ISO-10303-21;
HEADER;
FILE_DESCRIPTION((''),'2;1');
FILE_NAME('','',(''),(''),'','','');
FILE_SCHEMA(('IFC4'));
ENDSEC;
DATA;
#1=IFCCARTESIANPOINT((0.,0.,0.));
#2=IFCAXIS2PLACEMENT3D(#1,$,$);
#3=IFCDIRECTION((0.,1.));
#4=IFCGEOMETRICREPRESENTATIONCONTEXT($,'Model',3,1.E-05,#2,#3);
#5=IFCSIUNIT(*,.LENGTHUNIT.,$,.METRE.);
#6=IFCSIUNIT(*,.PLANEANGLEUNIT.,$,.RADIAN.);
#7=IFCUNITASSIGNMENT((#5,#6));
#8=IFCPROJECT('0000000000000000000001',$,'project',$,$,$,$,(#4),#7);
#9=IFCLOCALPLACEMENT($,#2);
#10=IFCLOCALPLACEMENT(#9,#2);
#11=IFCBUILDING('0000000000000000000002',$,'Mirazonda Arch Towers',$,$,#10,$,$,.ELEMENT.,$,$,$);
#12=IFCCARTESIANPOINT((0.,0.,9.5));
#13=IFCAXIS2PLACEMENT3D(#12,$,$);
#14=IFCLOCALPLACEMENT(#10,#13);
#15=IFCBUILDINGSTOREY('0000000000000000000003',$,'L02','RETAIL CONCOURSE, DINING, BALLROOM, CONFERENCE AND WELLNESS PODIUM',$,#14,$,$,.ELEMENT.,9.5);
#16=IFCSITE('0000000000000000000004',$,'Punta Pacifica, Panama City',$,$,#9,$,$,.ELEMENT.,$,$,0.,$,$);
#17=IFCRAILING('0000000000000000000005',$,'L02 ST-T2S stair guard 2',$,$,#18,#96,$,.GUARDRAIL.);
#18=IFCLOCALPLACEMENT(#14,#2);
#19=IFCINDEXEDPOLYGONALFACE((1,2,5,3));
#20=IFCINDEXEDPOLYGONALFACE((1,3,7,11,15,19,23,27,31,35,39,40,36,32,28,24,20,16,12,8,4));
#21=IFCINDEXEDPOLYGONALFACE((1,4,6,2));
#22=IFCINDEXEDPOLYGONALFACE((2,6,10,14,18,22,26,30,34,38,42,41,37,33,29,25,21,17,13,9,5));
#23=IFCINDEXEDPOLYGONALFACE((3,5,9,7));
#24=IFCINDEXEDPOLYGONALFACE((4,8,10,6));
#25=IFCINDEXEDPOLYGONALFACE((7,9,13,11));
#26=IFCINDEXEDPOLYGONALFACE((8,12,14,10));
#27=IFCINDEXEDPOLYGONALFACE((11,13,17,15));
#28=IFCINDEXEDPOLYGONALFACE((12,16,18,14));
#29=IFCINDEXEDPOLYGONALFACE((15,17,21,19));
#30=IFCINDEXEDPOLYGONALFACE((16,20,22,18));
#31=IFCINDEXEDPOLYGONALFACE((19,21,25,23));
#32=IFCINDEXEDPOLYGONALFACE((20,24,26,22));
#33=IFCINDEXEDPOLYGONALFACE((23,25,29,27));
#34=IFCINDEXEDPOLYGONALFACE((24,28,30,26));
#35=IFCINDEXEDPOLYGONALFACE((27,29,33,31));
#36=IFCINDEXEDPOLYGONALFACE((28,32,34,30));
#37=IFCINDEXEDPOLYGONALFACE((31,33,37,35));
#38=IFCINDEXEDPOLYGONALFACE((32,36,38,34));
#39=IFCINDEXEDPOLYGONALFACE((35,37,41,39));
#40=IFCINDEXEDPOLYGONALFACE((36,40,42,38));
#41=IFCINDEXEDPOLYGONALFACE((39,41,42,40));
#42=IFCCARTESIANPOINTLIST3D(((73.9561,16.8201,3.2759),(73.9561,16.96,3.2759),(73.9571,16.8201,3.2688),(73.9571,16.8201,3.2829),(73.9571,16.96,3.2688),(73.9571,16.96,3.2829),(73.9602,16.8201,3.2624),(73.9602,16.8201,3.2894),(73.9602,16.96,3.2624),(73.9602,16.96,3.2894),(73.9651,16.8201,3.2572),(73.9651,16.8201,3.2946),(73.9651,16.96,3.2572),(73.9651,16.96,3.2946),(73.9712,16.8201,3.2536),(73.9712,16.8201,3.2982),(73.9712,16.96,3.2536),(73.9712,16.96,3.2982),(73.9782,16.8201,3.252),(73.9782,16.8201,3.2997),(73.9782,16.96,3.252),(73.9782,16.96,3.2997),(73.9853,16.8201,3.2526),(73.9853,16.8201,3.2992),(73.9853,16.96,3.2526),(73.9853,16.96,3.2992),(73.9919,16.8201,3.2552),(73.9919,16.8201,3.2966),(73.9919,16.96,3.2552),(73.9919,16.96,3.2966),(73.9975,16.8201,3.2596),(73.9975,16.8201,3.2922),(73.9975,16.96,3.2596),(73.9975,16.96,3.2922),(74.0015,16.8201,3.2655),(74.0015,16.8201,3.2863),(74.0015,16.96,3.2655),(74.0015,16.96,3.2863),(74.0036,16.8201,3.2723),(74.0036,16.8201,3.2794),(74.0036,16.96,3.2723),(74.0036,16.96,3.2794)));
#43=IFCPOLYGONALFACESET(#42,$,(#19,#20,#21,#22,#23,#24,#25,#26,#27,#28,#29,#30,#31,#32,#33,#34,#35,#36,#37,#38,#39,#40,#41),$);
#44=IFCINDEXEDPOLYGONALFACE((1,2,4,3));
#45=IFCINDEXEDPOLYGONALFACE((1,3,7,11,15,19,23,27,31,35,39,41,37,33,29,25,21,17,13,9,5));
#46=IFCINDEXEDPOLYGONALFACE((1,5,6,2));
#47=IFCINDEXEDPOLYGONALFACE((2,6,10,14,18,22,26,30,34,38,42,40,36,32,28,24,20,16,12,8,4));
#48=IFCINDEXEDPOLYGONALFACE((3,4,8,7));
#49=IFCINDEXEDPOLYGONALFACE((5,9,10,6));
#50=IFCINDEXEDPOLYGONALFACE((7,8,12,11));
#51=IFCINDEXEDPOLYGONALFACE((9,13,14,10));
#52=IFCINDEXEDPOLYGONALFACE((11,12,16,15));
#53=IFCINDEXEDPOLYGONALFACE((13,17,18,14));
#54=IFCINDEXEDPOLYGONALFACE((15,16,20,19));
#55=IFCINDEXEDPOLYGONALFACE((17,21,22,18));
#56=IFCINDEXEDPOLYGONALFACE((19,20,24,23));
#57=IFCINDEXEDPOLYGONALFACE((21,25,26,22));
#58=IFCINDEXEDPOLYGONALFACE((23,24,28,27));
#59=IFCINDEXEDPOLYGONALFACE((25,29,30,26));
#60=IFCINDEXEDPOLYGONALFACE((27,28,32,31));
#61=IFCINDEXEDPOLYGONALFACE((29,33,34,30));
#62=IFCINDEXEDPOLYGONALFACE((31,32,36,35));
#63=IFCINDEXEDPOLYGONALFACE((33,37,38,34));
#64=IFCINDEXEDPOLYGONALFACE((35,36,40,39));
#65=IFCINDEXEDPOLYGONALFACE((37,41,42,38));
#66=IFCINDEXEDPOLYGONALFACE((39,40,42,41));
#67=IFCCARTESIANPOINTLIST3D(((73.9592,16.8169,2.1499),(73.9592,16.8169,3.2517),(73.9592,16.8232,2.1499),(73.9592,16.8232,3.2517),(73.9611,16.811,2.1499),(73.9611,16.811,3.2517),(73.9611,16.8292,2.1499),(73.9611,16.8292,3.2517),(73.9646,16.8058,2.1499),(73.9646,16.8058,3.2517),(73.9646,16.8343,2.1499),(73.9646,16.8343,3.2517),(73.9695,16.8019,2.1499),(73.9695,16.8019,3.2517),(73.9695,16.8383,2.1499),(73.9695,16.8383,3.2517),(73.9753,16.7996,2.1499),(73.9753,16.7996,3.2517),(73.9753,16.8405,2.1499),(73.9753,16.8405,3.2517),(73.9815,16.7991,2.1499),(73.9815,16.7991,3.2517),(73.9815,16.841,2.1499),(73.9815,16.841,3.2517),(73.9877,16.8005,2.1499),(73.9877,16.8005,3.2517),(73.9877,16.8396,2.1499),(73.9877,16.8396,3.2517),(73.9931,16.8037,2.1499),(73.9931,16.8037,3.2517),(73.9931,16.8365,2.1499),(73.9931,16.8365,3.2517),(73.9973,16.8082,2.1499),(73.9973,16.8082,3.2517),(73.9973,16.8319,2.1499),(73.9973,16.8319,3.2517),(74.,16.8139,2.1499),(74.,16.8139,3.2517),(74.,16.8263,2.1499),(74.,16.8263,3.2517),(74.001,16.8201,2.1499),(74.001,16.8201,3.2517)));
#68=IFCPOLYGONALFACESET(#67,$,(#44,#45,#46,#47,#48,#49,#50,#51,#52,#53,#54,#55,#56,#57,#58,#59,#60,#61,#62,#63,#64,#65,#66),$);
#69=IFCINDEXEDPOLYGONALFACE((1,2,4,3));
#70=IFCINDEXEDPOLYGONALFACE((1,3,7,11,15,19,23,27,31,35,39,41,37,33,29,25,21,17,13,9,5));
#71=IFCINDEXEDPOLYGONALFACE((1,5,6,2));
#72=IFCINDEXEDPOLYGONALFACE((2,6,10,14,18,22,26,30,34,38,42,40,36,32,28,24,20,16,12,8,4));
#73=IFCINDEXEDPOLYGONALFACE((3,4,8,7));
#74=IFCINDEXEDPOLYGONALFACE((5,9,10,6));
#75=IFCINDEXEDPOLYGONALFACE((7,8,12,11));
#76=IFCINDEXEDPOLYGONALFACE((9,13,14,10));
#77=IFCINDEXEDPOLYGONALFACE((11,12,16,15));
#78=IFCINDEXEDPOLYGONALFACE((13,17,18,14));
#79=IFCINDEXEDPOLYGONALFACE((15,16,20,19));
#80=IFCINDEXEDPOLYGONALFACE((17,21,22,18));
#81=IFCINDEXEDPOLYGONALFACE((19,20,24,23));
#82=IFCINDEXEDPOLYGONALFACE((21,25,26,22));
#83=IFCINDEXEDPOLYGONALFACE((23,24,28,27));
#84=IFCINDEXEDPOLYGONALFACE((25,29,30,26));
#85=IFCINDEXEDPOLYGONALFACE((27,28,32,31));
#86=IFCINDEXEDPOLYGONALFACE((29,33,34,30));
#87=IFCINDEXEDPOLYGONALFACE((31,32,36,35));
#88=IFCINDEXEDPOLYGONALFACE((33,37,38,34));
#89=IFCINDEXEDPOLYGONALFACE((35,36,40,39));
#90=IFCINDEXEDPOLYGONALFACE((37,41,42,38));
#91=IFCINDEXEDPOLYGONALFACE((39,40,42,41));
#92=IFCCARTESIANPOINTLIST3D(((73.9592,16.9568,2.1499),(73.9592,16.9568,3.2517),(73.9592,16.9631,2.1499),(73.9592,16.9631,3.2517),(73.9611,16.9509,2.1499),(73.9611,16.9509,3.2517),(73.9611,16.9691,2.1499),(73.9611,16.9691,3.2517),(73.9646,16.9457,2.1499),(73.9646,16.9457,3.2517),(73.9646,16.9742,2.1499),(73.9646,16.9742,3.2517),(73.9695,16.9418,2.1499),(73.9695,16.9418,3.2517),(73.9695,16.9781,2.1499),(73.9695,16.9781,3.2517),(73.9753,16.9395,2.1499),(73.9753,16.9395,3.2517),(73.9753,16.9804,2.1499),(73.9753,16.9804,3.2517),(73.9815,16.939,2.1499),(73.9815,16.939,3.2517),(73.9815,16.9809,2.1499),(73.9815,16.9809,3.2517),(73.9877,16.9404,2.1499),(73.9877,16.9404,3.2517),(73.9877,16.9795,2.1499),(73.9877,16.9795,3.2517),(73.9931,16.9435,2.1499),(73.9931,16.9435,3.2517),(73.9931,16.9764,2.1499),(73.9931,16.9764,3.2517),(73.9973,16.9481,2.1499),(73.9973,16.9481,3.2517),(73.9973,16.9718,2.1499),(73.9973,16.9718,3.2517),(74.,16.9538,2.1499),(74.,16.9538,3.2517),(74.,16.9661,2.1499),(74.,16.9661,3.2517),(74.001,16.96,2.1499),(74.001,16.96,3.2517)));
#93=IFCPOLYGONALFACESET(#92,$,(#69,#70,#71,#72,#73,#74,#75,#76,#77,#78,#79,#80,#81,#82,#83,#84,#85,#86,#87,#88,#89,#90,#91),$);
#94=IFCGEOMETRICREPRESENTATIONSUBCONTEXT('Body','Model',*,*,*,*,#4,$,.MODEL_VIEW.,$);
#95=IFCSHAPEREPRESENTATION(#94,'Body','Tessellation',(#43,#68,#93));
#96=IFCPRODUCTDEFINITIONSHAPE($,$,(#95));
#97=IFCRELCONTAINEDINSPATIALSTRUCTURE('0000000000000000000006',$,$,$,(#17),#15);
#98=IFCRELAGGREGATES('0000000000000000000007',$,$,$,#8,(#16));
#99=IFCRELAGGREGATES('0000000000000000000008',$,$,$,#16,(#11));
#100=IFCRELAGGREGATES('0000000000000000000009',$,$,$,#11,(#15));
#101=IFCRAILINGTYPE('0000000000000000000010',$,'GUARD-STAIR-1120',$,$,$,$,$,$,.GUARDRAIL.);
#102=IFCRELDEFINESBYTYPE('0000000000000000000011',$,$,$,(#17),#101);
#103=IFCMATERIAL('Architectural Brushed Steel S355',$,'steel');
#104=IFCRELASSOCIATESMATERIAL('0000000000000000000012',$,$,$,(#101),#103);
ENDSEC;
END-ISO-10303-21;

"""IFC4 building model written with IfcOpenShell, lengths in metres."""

from ifc_helpers import new_model, si_unit, direction, frame, origin, origin_2d, place, context, subcontext, project, spatial, circle, extrude, material, type_object, element, save


model = new_model("IFC4")

# Units and contexts
model_context = context("Model", 3, precision=1e-05, world=origin(), true_north=direction((0.0, 1.0)))
body_context = subcontext(model_context, "Body", "Model", "MODEL_VIEW")
ifc_project = project(units=[si_unit("LENGTHUNIT", "METRE"), si_unit("PLANEANGLEUNIT", "RADIAN")], contexts=[model_context])

# Site, building, storey
site_placement = place(None, origin())
site = spatial("IfcSite", under=ifc_project, at=site_placement, Name="Punta Pacifica, Panama City", CompositionType="ELEMENT", RefElevation=0.0)
building_placement = place(site_placement, origin())
building = spatial("IfcBuilding", under=site, at=building_placement, Name="Mirazonda Arch Towers", CompositionType="ELEMENT")
storey_placement = place(building_placement, frame((0.0, 0.0, 9.5)))
storey = spatial("IfcBuildingStorey", under=building, at=storey_placement, Name="L02", Description="RETAIL CONCOURSE, DINING, BALLROOM, CONFERENCE AND WELLNESS PODIUM", CompositionType="ELEMENT", Elevation=9.5)

# Railing
ifc_material_1 = material(Name="Architectural Brushed Steel S355", Category="steel")
railing_type_1 = type_object("IfcRailingType", Name="GUARD-STAIR-1120", PredefinedType="GUARDRAIL", material=ifc_material_1)
railing_1_placement = place(storey_placement, frame((73.98, 16.8201, 2.1499)))
element("IfcRailing", 1, at=railing_1_placement, inside=storey, type_object=railing_type_1, Name="L02 ST-T2S stair guard 2", PredefinedType="GUARDRAIL", context=body_context, shape_type="SweptSolid", body=[
    extrude(circle(Radius=0.0239, at=origin_2d()), frame((0.0, 0.0, 1.126), z_axis=(0.0, 1.0, 0.0), x_axis=(-1.0, 0.0, 0.0)), (0.0, 0.0, 1.0), 0.1399),
    extrude(circle(Radius=0.021, at=origin_2d()), origin(), (0.0, 0.0, 1.0), 1.1018),
    extrude(circle(Radius=0.021, at=origin_2d()), frame((0.0, 0.1399, 0.0)), (0.0, 0.0, 1.0), 1.1018),
])

save(model, "model.ifc")
